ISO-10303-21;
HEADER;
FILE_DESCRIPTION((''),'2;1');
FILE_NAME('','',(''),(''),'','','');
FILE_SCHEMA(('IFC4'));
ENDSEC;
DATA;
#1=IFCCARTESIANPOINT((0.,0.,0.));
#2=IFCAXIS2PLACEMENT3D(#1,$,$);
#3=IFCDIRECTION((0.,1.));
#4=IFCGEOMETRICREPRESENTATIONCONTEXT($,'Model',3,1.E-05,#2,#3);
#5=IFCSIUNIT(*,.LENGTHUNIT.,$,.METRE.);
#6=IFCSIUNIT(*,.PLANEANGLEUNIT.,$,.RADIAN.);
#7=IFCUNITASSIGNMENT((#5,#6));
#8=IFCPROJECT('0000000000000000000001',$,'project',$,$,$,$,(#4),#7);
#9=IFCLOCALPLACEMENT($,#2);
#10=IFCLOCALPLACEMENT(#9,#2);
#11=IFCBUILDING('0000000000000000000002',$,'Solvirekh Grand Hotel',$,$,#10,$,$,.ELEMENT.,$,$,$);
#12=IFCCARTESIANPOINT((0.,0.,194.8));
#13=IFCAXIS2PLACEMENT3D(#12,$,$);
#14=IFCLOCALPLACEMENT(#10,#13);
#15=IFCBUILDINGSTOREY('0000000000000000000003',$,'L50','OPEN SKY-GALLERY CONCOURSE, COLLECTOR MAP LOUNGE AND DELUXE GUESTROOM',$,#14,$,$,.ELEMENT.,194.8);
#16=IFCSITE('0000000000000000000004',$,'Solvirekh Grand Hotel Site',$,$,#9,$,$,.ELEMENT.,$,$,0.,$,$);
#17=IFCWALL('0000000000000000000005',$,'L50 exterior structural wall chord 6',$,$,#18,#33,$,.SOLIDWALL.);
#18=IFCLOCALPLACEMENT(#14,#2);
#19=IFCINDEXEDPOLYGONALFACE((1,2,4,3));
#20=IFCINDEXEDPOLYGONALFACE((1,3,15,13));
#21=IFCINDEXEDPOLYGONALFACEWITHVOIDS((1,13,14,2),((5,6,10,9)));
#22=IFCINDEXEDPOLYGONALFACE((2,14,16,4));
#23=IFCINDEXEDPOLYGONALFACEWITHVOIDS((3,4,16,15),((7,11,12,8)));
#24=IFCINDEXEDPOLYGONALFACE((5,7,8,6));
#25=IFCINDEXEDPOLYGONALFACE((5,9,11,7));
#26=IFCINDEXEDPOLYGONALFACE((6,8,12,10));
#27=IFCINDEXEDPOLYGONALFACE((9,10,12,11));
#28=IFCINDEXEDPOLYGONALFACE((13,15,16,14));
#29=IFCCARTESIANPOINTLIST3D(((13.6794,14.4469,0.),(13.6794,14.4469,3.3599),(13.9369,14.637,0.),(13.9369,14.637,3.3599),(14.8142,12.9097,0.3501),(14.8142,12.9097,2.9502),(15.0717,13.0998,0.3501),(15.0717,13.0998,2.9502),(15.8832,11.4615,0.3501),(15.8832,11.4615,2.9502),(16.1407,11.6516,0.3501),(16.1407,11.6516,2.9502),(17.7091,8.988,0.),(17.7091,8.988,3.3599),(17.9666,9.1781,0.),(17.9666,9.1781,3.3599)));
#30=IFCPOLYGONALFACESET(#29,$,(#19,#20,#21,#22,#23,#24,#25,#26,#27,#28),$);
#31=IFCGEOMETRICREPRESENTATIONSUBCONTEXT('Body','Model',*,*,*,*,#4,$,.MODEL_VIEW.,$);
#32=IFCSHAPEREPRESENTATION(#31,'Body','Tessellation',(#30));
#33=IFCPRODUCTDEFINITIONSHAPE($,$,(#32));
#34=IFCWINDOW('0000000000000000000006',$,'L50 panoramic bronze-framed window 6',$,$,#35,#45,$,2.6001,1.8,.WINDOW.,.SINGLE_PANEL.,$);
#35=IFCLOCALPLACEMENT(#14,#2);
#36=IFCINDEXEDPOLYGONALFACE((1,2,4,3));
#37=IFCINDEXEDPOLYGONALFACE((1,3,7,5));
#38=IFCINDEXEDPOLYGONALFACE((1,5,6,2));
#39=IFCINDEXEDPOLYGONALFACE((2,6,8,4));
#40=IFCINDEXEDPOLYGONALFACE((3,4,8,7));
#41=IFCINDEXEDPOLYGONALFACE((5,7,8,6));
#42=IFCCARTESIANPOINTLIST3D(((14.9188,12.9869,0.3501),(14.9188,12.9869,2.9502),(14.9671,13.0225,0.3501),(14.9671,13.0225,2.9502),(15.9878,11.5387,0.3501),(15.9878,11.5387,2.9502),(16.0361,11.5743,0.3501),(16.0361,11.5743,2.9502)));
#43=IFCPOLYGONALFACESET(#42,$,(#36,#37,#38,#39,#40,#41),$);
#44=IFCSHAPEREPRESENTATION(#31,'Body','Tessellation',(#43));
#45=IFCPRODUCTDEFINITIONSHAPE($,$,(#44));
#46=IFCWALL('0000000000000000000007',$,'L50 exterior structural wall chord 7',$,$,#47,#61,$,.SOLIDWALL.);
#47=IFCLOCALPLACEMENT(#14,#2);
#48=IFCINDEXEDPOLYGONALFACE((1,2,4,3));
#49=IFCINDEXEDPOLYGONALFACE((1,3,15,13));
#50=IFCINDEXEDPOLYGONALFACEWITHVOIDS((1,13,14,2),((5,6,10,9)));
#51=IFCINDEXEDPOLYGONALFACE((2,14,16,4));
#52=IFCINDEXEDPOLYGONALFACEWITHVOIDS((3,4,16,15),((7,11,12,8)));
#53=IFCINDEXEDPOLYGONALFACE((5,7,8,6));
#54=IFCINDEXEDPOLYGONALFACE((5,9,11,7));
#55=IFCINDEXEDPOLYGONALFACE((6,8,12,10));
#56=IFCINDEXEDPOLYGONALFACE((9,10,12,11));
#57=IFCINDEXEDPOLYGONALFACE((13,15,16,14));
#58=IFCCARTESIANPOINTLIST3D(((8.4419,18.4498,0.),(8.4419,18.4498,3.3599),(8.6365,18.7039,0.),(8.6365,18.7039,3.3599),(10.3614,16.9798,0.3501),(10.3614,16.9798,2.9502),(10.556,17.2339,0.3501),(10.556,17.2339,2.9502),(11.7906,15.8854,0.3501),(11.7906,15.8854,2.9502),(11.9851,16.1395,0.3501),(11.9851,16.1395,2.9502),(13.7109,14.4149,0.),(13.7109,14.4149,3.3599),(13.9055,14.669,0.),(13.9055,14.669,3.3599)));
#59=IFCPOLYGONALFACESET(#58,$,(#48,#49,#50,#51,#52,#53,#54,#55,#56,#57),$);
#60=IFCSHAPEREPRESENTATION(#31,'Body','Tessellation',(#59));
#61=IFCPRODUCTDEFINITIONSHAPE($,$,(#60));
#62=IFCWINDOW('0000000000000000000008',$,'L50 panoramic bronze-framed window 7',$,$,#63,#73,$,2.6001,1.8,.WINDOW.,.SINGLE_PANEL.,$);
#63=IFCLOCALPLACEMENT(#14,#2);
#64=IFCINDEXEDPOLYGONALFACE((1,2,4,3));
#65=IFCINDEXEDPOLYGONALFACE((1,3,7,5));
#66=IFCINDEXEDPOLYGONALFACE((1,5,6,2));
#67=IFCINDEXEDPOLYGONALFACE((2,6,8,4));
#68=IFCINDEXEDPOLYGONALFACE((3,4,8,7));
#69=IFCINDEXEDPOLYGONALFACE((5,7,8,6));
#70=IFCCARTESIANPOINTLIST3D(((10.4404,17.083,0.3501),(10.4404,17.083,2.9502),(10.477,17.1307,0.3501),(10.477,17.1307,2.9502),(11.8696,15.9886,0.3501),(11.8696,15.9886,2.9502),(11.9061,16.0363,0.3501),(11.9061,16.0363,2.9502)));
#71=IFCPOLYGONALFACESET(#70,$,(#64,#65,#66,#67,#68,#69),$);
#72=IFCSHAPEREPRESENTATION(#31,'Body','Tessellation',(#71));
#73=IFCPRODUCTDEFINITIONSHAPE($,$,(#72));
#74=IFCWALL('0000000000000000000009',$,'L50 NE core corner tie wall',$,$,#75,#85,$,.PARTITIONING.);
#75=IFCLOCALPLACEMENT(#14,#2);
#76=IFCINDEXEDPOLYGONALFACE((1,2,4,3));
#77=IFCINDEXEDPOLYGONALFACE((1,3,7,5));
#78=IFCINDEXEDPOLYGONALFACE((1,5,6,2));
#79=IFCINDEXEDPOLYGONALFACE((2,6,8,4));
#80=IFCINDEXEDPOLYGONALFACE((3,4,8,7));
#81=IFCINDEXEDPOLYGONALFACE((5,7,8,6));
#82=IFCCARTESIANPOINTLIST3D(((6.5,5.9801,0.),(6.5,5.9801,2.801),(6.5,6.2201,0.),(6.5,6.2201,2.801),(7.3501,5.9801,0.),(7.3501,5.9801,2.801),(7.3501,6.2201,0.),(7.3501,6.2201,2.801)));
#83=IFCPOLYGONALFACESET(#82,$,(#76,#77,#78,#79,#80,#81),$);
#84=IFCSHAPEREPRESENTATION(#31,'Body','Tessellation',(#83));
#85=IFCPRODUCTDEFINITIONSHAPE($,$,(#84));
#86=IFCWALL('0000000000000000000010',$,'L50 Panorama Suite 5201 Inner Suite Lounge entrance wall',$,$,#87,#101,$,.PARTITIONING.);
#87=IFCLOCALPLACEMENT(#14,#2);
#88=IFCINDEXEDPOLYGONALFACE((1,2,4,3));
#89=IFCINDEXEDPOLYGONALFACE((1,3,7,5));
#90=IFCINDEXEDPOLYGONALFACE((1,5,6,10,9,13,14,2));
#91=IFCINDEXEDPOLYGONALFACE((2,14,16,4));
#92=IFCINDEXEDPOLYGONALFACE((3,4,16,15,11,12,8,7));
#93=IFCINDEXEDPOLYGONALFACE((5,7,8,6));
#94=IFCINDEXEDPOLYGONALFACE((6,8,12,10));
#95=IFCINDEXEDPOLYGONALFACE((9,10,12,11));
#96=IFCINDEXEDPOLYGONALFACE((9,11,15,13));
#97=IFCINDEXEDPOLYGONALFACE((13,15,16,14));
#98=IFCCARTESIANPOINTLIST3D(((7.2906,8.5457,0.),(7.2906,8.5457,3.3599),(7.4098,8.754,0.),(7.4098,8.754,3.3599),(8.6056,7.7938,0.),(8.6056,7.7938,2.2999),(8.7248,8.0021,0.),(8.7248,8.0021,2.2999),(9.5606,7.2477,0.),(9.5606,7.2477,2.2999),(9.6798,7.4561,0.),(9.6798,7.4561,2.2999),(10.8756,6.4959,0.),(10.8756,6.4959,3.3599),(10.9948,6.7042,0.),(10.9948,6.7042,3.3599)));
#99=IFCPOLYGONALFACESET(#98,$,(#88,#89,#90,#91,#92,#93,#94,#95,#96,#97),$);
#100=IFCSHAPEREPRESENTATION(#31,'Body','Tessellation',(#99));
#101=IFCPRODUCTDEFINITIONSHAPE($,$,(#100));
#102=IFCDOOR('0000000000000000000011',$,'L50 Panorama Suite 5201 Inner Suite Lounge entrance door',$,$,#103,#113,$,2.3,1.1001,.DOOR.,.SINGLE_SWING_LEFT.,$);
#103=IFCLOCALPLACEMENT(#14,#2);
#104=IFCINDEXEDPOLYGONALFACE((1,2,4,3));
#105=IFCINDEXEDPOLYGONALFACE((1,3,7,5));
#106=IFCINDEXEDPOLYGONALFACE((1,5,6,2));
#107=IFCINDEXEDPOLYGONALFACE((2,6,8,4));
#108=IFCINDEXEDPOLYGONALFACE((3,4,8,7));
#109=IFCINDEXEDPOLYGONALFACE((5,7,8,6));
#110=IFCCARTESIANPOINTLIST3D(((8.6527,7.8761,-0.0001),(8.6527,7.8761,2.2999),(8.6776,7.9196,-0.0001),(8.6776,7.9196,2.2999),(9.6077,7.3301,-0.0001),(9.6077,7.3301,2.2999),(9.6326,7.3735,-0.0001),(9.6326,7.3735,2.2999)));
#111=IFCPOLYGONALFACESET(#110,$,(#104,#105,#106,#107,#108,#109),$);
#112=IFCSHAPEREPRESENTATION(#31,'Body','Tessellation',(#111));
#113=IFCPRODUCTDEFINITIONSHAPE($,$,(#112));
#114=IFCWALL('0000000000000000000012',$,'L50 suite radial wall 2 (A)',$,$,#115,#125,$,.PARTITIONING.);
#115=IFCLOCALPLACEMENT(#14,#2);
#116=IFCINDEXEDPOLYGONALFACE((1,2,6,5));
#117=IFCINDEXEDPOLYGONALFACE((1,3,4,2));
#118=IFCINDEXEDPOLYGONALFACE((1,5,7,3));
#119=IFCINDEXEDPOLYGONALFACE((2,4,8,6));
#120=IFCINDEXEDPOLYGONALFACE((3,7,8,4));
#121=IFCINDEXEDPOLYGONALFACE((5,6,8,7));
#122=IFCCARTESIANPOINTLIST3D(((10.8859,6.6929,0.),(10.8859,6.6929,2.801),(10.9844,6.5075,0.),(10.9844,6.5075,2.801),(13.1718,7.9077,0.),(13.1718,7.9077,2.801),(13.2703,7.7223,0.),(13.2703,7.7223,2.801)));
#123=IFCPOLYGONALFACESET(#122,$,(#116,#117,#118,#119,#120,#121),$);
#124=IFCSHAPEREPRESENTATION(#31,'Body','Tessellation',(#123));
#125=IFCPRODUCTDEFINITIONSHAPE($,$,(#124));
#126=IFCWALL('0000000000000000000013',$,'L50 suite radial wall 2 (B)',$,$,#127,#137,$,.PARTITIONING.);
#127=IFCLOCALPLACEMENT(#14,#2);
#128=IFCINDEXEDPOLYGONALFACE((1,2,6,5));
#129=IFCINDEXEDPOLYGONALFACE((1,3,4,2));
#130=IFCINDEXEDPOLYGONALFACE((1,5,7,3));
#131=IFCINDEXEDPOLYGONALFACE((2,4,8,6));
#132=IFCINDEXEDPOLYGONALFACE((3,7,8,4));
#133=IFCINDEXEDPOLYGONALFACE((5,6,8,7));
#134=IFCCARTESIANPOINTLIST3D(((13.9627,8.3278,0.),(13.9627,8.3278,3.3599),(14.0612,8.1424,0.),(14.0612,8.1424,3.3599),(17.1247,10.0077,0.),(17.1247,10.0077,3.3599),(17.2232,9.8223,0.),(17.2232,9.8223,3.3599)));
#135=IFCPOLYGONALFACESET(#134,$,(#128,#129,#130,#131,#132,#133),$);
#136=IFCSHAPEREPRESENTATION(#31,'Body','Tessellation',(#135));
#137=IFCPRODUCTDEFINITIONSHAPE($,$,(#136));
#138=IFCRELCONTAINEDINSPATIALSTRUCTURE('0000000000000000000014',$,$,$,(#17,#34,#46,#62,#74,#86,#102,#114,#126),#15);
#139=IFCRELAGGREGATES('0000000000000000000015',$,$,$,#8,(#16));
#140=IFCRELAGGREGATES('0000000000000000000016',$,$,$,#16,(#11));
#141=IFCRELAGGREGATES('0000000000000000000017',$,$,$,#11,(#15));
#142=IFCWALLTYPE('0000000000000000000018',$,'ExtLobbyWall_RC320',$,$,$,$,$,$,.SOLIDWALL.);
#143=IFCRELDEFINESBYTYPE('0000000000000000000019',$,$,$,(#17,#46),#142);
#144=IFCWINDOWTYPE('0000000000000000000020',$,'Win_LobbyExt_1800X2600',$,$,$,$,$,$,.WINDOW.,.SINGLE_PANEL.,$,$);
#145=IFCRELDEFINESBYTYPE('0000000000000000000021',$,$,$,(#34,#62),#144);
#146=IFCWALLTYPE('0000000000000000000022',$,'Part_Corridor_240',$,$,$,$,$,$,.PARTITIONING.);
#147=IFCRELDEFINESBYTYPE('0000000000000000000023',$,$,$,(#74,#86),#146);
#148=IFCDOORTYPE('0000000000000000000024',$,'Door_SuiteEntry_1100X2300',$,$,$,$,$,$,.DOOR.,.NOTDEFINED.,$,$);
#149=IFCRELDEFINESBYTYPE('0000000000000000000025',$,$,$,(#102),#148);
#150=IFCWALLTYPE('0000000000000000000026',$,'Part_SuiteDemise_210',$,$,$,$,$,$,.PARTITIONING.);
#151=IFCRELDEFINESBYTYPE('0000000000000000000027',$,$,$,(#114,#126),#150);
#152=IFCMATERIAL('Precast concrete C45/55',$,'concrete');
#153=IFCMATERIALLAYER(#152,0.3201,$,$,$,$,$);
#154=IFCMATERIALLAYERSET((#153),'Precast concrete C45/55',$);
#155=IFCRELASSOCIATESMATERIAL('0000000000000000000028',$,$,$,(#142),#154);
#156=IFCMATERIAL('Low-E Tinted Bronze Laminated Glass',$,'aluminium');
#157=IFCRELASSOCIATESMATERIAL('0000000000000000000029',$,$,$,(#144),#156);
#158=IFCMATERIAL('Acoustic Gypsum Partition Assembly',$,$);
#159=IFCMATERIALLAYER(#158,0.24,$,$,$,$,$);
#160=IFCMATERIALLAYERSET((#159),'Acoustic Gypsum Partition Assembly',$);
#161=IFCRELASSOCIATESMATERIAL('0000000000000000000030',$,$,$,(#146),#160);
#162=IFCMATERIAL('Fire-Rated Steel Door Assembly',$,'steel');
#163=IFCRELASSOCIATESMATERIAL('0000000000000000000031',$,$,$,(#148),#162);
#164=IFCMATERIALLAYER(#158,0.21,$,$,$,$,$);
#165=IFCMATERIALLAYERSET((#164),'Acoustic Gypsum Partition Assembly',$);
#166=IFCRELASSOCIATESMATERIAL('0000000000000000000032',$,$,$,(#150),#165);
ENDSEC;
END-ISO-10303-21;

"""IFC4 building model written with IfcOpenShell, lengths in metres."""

from ifc_helpers import new_model, si_unit, direction, frame, frame_2d, origin, place, context, subcontext, project, spatial, rectangle, extrude, material, layer, layer_set, type_object, element, fill, save


model = new_model("IFC4")

# Units and contexts
model_context = context("Model", 3, precision=1e-05, world=origin(), true_north=direction((0.0, 1.0)))
body_context = subcontext(model_context, "Body", "Model", "MODEL_VIEW")
ifc_project = project(units=[si_unit("LENGTHUNIT", "METRE"), si_unit("PLANEANGLEUNIT", "RADIAN")], contexts=[model_context])

# Site, building, storey
site_placement = place(None, origin())
site = spatial("IfcSite", under=ifc_project, at=site_placement, Name="Solvirekh Grand Hotel Site", CompositionType="ELEMENT", RefElevation=0.0)
building_placement = place(site_placement, origin())
building = spatial("IfcBuilding", under=site, at=building_placement, Name="Solvirekh Grand Hotel", CompositionType="ELEMENT")
storey_placement = place(building_placement, frame((0.0, 0.0, 194.8)))
storey = spatial("IfcBuildingStorey", under=building, at=storey_placement, Name="L50", Description="OPEN SKY-GALLERY CONCOURSE, COLLECTOR MAP LOUNGE AND DELUXE GUESTROOM", CompositionType="ELEMENT", Elevation=194.8)

# Shared definitions
ifc_material_1 = material(Name="Low-E Tinted Bronze Laminated Glass", Category="aluminium")

# Walls, openings, windows
ifc_material_2 = material(Name="Precast concrete C45/55", Category="concrete")
ifc_layer_1 = layer(ifc_material_2, 0.3201)
ifc_layer_set_1 = layer_set([ifc_layer_1], Name="Precast concrete C45/55")
wall_type_1 = type_object("IfcWallType", Name="ExtLobbyWall_RC320", PredefinedType="SOLIDWALL", material=ifc_layer_set_1)
wall_1_placement = place(storey_placement, frame((13.8081, 14.542, 0.0), z_axis=(0.0, 0.0, 1.0), x_axis=(0.593903, -0.804536, 0.0)))
wall_1 = element("IfcWall", 1, at=wall_1_placement, inside=storey, type_object=wall_type_1, Name="L50 exterior structural wall chord 6", PredefinedType="SOLIDWALL", context=body_context, shape_type="SweptSolid", body=[
    extrude(rectangle(XDim=6.7852, YDim=0.3201, at=frame_2d((3.3926, 0.0))), origin(), (0.0, 0.0, 1.0), 3.3599),
])
opening_1_placement = place(wall_1_placement, frame((1.9109, 0.0, 0.3501)))
opening_1 = element("IfcOpeningElement", 2, at=opening_1_placement, cuts=wall_1, PredefinedType="OPENING", context=body_context, shape_type="SweptSolid", body=[
    extrude(rectangle(XDim=1.8, YDim=2.6001, at=frame_2d((0.8999, 1.3))), frame((0.0, 0.1699, 0.0), z_axis=(0.0, -1.0, 0.0), x_axis=(1.0, 0.0, 0.0)), (0.0, 0.0, 1.0), 0.3401),
])
window_type = type_object("IfcWindowType", Name="Win_LobbyExt_1800X2600", PartitioningType="SINGLE_PANEL", PredefinedType="WINDOW", material=ifc_material_1)
window_1_placement = place(opening_1_placement, origin())
window_1 = element("IfcWindow", 3, at=window_1_placement, inside=storey, type_object=window_type, Name="L50 panoramic bronze-framed window 6", OverallHeight=2.6001, OverallWidth=1.8, PartitioningType="SINGLE_PANEL", PredefinedType="WINDOW", context=body_context, shape_type="SweptSolid", body=[
    extrude(rectangle(XDim=1.8, YDim=2.6001, at=frame_2d((0.8999, 1.3))), frame((0.0, 0.03, 0.0), z_axis=(0.0, -1.0, 0.0), x_axis=(1.0, 0.0, 0.0)), (0.0, 0.0, 1.0), 0.0601),
])
fill(opening_1, window_1)
wall_2_placement = place(storey_placement, frame((8.5391, 18.5769, 0.0), z_axis=(0.0, 0.0, 1.0), x_axis=(0.793947, -0.607987, 0.0)))
wall_2 = element("IfcWall", 4, at=wall_2_placement, inside=storey, type_object=wall_type_1, Name="L50 exterior structural wall chord 7", PredefinedType="SOLIDWALL", context=body_context, shape_type="SweptSolid", body=[
    extrude(rectangle(XDim=6.6365, YDim=0.3201, at=frame_2d((3.3184, 0.0))), origin(), (0.0, 0.0, 1.0), 3.3599),
])
opening_2_placement = place(wall_2_placement, frame((2.418, 0.0, 0.3501)))
opening_2 = element("IfcOpeningElement", 5, at=opening_2_placement, cuts=wall_2, PredefinedType="OPENING", context=body_context, shape_type="SweptSolid", body=[
    extrude(rectangle(XDim=1.8, YDim=2.6001, at=frame_2d((0.8999, 1.3))), frame((0.0, 0.1699, 0.0), z_axis=(0.0, -1.0, 0.0), x_axis=(1.0, 0.0, 0.0)), (0.0, 0.0, 1.0), 0.3401),
])
window_2_placement = place(opening_2_placement, origin())
window_2 = element("IfcWindow", 6, at=window_2_placement, inside=storey, type_object=window_type, Name="L50 panoramic bronze-framed window 7", OverallHeight=2.6001, OverallWidth=1.8, PartitioningType="SINGLE_PANEL", PredefinedType="WINDOW", context=body_context, shape_type="SweptSolid", body=[
    extrude(rectangle(XDim=1.8, YDim=2.6001, at=frame_2d((0.8999, 1.3))), frame((0.0, 0.03, 0.0), z_axis=(0.0, -1.0, 0.0), x_axis=(1.0, 0.0, 0.0)), (0.0, 0.0, 1.0), 0.0601),
])
fill(opening_2, window_2)

# Wall
ifc_material_3 = material(Name="Acoustic Gypsum Partition Assembly")
ifc_layer_2 = layer(ifc_material_3, 0.24)
ifc_layer_set_2 = layer_set([ifc_layer_2], Name="Acoustic Gypsum Partition Assembly")
wall_type_2 = type_object("IfcWallType", Name="Part_Corridor_240", PredefinedType="PARTITIONING", material=ifc_layer_set_2)
wall_3_placement = place(storey_placement, frame((6.5, 6.1001, 0.0), z_axis=(0.0, 0.0, 1.0), x_axis=(1.0, 0.0, 0.0)))
element("IfcWall", 7, at=wall_3_placement, inside=storey, type_object=wall_type_2, Name="L50 NE core corner tie wall", PredefinedType="PARTITIONING", context=body_context, shape_type="SweptSolid", body=[
    extrude(rectangle(XDim=0.8501, YDim=0.24, at=frame_2d((0.425, 0.0))), origin(), (0.0, 0.0, 1.0), 2.801),
])

# Wall, opening, door
wall_4_placement = place(storey_placement, frame((7.3501, 8.6499, 0.0), z_axis=(0.0, 0.0, 1.0), x_axis=(0.868112, -0.496368, 0.0)))
wall_4 = element("IfcWall", 8, at=wall_4_placement, inside=storey, type_object=wall_type_2, Name="L50 Panorama Suite 5201 Inner Suite Lounge entrance wall", PredefinedType="PARTITIONING", context=body_context, shape_type="SweptSolid", body=[
    extrude(rectangle(XDim=4.1296, YDim=0.24, at=frame_2d((2.0649, 0.0))), origin(), (0.0, 0.0, 1.0), 3.3599),
])
opening_3_placement = place(wall_4_placement, frame((1.5149, 0.0, 0.0)))
opening_3 = element("IfcOpeningElement", 9, at=opening_3_placement, cuts=wall_4, PredefinedType="OPENING", context=body_context, shape_type="SweptSolid", body=[
    extrude(rectangle(XDim=1.1001, YDim=2.3, at=frame_2d((0.55, 1.1499))), frame((0.0, 0.1299, 0.0), z_axis=(0.0, -1.0, 0.0), x_axis=(1.0, 0.0, 0.0)), (0.0, 0.0, 1.0), 0.26),
])
ifc_material_4 = material(Name="Fire-Rated Steel Door Assembly", Category="steel")
door_type = type_object("IfcDoorType", Name="Door_SuiteEntry_1100X2300", OperationType="NOTDEFINED", PredefinedType="DOOR", material=ifc_material_4)
door_placement = place(opening_3_placement, origin())
door = element("IfcDoor", 10, at=door_placement, inside=storey, type_object=door_type, Name="L50 Panorama Suite 5201 Inner Suite Lounge entrance door", OperationType="SINGLE_SWING_LEFT", OverallHeight=2.3, OverallWidth=1.1001, PredefinedType="DOOR", context=body_context, shape_type="SweptSolid", body=[
    extrude(rectangle(XDim=1.1001, YDim=2.3, at=frame_2d((0.55, 1.1499))), frame((0.0, 0.0249, 0.0), z_axis=(0.0, -1.0, 0.0), x_axis=(1.0, 0.0, 0.0)), (0.0, 0.0, 1.0), 0.05),
])
fill(opening_3, door)

# Walls
ifc_layer_3 = layer(ifc_material_3, 0.21)
ifc_layer_set_3 = layer_set([ifc_layer_3], Name="Acoustic Gypsum Partition Assembly")
wall_type_3 = type_object("IfcWallType", Name="Part_SuiteDemise_210", PredefinedType="PARTITIONING", material=ifc_layer_set_3)
wall_5_placement = place(storey_placement, frame((10.9351, 6.6001, 0.0), z_axis=(0.0, 0.0, 1.0), x_axis=(0.883041, 0.469295, 0.0)))
element("IfcWall", 11, at=wall_5_placement, inside=storey, type_object=wall_type_3, Name="L50 suite radial wall 2 (A)", PredefinedType="PARTITIONING", context=body_context, shape_type="SweptSolid", body=[
    extrude(rectangle(XDim=2.5886, YDim=0.21, at=frame_2d((1.2944, 0.0))), origin(), (0.0, 0.0, 1.0), 2.801),
])
wall_6_placement = place(storey_placement, frame((14.012, 8.2351, 0.0), z_axis=(0.0, 0.0, 1.0), x_axis=(0.883109, 0.469169, 0.0)))
element("IfcWall", 12, at=wall_6_placement, inside=storey, type_object=wall_type_3, Name="L50 suite radial wall 2 (B)", PredefinedType="PARTITIONING", context=body_context, shape_type="SweptSolid", body=[
    extrude(rectangle(XDim=3.5806, YDim=0.21, at=frame_2d((1.7903, 0.0))), origin(), (0.0, 0.0, 1.0), 3.3599),
])

save(model, "model.ifc")
